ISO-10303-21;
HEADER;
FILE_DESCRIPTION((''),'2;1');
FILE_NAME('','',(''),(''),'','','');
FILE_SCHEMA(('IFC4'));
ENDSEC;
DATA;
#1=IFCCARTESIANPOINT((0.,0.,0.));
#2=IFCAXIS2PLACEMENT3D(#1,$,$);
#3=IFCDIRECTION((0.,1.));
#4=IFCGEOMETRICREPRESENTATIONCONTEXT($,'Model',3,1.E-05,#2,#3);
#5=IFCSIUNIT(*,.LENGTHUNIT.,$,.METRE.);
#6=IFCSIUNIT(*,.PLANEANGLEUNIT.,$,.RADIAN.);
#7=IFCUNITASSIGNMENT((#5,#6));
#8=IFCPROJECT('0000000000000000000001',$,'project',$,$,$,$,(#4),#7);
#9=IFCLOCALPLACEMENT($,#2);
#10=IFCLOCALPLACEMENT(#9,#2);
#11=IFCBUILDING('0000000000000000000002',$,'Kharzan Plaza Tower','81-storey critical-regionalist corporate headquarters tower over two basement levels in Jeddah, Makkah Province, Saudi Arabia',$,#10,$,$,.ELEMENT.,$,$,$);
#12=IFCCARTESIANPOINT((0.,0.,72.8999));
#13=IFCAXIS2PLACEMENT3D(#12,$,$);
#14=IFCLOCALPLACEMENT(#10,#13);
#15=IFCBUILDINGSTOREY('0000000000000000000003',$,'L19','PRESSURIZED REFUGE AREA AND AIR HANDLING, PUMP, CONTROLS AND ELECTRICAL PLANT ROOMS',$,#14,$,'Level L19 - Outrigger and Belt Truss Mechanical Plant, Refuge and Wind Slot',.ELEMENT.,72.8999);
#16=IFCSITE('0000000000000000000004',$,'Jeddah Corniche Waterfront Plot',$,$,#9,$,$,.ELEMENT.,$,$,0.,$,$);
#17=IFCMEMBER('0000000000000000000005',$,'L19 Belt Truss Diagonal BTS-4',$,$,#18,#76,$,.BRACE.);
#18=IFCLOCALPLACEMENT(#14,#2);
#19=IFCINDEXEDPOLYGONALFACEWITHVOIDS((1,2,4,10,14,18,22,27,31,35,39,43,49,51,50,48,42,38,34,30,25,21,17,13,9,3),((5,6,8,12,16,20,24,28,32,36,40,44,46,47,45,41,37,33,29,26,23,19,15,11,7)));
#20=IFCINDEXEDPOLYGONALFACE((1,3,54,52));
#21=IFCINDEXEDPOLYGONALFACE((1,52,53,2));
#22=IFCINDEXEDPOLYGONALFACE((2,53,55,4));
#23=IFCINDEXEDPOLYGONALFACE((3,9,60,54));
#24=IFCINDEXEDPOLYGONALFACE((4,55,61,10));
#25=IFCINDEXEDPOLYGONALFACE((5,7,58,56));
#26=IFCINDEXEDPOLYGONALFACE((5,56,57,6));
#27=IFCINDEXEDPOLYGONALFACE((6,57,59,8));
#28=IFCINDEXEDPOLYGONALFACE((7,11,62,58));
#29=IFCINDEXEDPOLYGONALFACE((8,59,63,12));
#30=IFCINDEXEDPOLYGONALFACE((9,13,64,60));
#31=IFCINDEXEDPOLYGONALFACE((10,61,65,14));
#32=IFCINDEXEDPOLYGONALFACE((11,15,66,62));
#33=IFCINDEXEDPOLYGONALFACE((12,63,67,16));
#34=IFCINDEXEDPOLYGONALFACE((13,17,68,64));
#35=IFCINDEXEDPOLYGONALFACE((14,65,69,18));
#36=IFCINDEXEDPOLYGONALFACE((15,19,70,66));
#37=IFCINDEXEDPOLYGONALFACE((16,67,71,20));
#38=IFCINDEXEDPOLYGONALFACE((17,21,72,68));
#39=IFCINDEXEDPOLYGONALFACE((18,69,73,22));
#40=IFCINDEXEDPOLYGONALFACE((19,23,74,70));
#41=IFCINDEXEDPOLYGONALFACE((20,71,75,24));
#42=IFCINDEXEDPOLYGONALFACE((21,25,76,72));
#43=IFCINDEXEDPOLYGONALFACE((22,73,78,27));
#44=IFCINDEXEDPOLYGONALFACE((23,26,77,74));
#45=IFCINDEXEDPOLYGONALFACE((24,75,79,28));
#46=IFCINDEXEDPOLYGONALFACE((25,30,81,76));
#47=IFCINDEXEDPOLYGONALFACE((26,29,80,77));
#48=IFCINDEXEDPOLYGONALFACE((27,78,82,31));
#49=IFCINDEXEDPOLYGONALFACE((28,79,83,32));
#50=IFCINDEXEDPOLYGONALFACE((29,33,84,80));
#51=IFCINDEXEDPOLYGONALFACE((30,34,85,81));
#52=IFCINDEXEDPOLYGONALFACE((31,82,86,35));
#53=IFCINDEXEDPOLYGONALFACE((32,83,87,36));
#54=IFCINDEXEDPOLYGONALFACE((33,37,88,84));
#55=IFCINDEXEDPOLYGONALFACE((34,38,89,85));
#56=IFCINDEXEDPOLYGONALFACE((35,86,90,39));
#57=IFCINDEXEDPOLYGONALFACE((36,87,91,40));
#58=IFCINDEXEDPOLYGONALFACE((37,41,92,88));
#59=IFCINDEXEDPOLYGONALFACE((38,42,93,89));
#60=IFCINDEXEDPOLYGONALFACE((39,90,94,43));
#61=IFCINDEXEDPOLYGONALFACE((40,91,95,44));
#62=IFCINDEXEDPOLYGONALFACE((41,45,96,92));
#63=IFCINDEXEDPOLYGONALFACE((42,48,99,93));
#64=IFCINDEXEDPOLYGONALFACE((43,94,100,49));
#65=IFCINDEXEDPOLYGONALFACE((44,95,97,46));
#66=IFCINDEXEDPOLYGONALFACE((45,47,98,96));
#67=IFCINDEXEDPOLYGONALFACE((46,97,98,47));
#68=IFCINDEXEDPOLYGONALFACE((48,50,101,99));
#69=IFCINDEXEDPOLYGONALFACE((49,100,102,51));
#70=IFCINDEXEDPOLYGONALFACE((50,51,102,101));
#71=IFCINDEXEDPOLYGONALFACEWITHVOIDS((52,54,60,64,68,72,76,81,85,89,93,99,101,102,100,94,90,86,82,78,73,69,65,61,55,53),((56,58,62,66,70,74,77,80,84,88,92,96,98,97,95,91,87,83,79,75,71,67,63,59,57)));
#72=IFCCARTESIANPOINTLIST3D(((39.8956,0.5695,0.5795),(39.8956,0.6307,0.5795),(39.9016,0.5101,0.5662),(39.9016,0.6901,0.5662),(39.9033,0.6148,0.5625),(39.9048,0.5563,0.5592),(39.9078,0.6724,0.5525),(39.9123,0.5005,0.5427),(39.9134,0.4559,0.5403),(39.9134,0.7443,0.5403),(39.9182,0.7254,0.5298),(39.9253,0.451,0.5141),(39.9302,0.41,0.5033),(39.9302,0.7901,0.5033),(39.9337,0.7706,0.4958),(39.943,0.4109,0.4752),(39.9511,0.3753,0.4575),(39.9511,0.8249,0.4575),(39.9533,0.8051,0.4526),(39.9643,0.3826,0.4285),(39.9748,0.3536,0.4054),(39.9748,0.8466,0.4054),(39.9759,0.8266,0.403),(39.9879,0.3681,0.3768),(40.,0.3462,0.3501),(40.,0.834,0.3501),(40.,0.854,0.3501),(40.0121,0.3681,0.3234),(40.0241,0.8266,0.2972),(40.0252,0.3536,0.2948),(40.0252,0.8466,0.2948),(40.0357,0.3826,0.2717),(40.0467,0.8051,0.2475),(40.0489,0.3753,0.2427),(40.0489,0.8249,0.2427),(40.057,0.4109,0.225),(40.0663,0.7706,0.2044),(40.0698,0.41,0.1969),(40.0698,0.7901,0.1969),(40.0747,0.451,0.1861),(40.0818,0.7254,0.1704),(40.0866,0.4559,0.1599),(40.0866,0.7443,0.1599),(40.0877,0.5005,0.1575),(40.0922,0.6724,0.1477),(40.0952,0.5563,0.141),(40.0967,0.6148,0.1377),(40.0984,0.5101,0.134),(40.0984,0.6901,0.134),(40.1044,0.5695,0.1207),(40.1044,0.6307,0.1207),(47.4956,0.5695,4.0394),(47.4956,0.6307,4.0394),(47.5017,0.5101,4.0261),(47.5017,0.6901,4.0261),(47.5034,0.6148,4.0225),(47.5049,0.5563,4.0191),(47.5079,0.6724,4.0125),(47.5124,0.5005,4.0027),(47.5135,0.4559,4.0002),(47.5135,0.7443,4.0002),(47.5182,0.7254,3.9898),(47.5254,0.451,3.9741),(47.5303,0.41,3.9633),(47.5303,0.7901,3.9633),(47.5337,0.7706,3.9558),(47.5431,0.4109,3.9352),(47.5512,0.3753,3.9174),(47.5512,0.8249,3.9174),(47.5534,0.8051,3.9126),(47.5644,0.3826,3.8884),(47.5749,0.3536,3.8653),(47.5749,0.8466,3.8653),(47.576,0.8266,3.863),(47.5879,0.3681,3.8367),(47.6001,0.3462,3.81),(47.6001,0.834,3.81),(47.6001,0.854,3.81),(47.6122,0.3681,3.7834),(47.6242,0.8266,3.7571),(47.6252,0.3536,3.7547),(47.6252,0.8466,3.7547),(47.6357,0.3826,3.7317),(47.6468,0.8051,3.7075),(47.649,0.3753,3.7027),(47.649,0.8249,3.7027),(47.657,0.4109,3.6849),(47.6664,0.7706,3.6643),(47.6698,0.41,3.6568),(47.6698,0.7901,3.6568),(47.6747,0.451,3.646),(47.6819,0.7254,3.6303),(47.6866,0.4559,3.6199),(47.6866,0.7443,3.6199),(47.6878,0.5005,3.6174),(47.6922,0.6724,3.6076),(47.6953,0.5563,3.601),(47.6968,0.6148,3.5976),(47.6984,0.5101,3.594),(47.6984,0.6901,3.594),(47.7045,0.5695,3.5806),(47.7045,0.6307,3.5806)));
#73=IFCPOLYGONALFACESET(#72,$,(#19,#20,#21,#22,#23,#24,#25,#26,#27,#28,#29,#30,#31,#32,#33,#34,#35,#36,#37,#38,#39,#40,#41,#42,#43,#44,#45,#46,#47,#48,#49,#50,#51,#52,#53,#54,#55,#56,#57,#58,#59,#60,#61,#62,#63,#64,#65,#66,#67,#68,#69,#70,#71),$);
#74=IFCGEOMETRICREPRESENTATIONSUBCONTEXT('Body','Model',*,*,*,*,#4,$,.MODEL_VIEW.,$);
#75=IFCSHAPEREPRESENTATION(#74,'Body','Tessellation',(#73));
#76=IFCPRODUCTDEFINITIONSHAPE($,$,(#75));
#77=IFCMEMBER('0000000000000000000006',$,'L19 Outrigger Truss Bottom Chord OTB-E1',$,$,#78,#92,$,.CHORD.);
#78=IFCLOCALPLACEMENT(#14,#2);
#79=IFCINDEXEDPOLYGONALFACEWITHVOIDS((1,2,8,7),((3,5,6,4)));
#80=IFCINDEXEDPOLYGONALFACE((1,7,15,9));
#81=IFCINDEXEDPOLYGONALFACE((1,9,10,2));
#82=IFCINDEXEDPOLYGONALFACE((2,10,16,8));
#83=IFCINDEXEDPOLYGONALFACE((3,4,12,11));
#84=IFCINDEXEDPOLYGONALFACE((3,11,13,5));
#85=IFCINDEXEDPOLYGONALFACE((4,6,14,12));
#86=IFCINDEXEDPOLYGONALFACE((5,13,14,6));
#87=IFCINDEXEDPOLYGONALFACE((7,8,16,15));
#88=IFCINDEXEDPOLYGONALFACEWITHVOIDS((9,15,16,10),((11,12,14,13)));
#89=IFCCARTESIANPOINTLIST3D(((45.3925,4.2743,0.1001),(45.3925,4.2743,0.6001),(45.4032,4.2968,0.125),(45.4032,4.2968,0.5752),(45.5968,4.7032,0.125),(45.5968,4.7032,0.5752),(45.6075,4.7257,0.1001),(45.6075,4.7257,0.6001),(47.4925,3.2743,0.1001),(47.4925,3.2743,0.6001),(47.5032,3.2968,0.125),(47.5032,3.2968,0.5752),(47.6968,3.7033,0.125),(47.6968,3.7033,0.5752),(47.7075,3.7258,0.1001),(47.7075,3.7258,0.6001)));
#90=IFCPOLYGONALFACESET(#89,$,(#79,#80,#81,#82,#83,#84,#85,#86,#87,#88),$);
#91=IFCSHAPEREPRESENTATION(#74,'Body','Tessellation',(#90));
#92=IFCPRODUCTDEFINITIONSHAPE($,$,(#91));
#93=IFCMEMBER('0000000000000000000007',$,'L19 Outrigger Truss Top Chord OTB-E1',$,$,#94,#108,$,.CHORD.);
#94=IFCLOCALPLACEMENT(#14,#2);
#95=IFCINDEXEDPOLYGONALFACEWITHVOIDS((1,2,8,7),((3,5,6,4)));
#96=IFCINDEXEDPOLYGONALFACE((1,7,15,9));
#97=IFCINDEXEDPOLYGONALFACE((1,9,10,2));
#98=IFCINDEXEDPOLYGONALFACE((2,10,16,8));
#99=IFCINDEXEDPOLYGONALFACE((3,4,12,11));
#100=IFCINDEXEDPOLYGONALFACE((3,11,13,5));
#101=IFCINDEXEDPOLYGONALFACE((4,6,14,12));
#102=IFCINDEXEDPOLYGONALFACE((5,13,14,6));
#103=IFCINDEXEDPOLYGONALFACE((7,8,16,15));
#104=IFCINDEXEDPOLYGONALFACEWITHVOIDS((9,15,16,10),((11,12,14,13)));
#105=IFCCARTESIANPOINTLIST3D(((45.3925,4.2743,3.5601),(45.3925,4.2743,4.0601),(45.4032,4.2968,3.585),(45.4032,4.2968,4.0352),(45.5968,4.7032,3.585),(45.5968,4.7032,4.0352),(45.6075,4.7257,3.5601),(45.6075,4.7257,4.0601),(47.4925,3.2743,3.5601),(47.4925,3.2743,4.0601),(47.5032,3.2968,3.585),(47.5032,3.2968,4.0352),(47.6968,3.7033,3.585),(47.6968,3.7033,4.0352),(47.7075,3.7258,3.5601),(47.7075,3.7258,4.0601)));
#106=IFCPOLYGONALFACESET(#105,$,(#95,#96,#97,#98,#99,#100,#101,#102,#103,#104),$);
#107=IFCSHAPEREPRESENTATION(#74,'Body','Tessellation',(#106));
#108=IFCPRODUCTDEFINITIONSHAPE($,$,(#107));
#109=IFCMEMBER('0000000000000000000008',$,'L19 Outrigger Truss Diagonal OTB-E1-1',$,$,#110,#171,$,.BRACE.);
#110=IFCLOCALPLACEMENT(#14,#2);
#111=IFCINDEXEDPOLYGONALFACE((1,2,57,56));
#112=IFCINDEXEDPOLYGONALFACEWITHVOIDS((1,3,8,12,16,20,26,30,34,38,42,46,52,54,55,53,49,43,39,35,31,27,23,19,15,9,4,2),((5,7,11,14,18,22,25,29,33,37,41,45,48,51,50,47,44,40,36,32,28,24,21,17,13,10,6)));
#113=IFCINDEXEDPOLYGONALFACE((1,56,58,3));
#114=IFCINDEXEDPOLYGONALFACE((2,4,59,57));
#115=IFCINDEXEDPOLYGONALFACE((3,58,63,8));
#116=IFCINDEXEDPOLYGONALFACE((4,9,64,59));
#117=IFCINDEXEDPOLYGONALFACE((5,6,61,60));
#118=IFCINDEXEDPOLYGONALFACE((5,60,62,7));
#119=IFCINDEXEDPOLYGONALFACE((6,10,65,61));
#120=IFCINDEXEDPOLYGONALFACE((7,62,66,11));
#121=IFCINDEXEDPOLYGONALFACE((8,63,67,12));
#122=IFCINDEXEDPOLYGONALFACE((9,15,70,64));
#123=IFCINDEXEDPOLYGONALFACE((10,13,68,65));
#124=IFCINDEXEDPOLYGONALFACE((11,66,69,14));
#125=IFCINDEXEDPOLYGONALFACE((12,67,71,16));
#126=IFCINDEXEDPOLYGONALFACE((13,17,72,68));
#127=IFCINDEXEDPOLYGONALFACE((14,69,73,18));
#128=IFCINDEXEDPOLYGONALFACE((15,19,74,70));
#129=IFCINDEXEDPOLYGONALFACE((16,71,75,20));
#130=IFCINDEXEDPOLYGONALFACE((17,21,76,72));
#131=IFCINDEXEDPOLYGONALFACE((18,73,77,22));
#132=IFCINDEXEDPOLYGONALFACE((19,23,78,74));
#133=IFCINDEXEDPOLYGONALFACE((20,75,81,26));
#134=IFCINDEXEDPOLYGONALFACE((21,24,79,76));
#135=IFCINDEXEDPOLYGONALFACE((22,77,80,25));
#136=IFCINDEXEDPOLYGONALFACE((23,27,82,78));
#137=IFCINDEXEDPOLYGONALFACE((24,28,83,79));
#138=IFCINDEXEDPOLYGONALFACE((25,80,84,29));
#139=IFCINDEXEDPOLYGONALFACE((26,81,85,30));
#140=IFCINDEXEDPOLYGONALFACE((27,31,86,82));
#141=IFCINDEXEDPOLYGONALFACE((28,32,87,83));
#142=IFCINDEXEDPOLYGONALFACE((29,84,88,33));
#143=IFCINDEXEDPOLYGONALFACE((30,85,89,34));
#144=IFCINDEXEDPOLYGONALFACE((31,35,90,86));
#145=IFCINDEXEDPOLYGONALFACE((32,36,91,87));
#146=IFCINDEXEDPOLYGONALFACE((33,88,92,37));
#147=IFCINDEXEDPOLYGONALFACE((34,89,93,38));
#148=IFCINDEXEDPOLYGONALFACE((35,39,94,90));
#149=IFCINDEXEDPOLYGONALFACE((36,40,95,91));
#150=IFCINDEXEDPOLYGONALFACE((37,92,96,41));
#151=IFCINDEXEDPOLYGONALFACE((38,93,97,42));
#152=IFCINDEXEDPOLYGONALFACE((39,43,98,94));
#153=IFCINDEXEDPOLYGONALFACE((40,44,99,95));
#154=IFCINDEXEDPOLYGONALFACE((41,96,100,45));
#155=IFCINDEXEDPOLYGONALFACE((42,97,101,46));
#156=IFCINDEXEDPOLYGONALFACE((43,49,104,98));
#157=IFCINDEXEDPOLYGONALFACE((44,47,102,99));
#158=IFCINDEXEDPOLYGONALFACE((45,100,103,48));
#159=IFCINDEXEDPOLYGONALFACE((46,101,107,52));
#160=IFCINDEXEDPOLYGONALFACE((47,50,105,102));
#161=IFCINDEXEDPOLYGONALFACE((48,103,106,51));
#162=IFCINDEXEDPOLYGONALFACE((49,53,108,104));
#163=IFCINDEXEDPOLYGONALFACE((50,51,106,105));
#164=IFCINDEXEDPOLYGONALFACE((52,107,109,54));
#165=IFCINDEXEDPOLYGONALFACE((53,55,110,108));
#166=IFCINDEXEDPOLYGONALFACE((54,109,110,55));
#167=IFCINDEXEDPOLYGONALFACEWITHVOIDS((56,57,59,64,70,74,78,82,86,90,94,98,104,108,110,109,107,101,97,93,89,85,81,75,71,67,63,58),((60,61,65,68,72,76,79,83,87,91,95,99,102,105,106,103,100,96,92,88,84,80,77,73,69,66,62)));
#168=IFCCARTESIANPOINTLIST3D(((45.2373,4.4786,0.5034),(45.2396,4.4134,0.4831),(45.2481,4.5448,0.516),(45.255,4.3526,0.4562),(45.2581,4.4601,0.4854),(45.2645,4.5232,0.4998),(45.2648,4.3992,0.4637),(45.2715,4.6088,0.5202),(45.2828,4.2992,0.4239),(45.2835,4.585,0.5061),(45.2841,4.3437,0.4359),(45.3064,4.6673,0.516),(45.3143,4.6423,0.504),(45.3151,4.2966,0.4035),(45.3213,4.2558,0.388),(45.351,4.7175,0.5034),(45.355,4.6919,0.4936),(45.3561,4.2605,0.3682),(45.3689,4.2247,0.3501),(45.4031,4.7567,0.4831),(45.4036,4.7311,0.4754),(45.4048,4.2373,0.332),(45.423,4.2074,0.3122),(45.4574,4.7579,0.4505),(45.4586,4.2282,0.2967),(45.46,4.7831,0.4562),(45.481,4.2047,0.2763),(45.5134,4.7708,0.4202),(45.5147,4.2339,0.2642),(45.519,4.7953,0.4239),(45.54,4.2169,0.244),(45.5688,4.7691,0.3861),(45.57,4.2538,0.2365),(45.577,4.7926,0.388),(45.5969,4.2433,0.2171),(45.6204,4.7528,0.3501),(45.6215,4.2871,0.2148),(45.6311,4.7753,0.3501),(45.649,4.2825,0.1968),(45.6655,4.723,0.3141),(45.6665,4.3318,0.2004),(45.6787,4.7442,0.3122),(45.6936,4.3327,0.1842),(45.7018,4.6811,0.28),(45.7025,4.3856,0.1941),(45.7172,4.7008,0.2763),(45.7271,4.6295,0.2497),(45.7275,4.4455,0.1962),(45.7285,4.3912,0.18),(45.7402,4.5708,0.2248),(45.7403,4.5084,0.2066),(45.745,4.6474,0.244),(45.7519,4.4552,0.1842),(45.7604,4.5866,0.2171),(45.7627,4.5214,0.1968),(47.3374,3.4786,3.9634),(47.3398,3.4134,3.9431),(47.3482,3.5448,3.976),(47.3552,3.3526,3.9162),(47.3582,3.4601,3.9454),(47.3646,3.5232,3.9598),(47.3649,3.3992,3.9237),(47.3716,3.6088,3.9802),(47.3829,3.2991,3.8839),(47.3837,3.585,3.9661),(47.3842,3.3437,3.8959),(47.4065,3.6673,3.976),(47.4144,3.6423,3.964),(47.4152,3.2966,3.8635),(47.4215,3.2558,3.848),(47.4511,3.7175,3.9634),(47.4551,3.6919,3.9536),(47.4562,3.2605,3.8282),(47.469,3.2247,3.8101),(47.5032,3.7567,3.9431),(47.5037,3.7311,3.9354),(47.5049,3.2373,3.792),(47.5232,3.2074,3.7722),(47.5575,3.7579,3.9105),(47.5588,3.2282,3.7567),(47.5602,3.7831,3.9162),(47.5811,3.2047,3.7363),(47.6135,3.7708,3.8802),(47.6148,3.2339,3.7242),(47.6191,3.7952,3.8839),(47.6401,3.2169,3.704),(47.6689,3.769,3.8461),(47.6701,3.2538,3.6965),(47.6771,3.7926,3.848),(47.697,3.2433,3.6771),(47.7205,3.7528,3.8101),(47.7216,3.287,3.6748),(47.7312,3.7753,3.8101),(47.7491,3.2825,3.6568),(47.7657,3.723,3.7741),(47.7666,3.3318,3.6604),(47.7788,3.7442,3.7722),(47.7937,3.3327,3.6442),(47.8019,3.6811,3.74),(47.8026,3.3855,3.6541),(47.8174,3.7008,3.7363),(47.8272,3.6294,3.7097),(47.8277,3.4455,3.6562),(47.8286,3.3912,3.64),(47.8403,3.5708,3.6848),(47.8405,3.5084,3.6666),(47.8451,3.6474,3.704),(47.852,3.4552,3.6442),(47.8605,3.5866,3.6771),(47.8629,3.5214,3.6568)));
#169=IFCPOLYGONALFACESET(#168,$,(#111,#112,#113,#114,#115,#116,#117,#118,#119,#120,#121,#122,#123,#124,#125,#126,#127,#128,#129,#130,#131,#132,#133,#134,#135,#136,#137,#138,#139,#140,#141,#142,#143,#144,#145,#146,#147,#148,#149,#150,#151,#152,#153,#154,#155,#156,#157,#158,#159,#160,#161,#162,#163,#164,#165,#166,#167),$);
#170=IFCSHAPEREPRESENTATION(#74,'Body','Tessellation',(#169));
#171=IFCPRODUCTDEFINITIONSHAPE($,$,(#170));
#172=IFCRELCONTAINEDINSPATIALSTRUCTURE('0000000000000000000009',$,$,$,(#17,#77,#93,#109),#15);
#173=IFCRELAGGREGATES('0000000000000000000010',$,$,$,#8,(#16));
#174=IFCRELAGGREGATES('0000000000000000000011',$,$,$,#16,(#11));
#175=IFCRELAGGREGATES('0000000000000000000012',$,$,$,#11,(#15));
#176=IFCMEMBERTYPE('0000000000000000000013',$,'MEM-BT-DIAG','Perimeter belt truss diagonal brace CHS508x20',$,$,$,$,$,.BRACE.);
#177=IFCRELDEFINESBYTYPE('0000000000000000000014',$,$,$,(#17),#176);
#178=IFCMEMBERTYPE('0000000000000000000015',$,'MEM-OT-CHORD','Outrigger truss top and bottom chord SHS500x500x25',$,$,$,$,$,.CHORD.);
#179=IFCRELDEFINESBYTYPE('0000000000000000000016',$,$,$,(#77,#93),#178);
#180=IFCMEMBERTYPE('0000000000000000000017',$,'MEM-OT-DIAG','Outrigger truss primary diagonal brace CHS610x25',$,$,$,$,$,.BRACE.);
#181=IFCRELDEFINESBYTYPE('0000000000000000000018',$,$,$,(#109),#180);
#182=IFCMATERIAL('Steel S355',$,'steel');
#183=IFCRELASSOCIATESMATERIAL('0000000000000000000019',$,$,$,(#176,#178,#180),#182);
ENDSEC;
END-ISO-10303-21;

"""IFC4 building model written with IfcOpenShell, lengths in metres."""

from ifc_helpers import new_model, si_unit, direction, frame, origin, origin_2d, place, context, subcontext, project, spatial, hollow_rectangle, hollow_circle, extrude, source, transform, mapped, material, material_profile, profile_set, type_object, element, save


model = new_model("IFC4")

# Units and contexts
model_context = context("Model", 3, precision=1e-05, world=origin(), true_north=direction((0.0, 1.0)))
body_context = subcontext(model_context, "Body", "Model", "MODEL_VIEW")
ifc_project = project(units=[si_unit("LENGTHUNIT", "METRE"), si_unit("PLANEANGLEUNIT", "RADIAN")], contexts=[model_context])

# Site, building, storey
site_placement = place(None, origin())
site = spatial("IfcSite", under=ifc_project, at=site_placement, Name="Jeddah Corniche Waterfront Plot", CompositionType="ELEMENT", RefElevation=0.0)
building_placement = place(site_placement, origin())
building = spatial("IfcBuilding", under=site, at=building_placement, Name="Kharzan Plaza Tower", Description="81-storey critical-regionalist corporate headquarters tower over two basement levels in Jeddah, Makkah Province, Saudi Arabia", CompositionType="ELEMENT")
storey_placement = place(building_placement, frame((0.0, 0.0, 72.8999)))
storey = spatial("IfcBuildingStorey", under=building, at=storey_placement, Name="L19", Description="PRESSURIZED REFUGE AREA AND AIR HANDLING, PUMP, CONTROLS AND ELECTRICAL PLANT ROOMS", LongName="Level L19 - Outrigger and Belt Truss Mechanical Plant, Refuge and Wind Slot", CompositionType="ELEMENT", Elevation=72.8999)

# Shared definitions
ifc_material_1 = material(Name="Steel S355", Category="steel")

# Members
ifc_material_profile_1 = material_profile(ifc_material_1, hollow_circle(Radius=0.2539, WallThickness=0.02, at=origin_2d()), Name="CHS508x20")
ifc_profile_set_1 = profile_set([ifc_material_profile_1], Name="Steel S355")
member_type_1 = type_object("IfcMemberType", Name="MEM-BT-DIAG", Description="Perimeter belt truss diagonal brace CHS508x20", PredefinedType="BRACE", material=ifc_profile_set_1)
shared_shape_1 = source(origin(), body_context, "Body", "SweptSolid", [
    extrude(hollow_circle(Radius=0.2539, WallThickness=0.02, at=origin_2d()), origin(), (0.0, 0.0, 1.0), 8.3506),
])
member_1_placement = place(storey_placement, frame((40.0, 0.6001, 0.3501), z_axis=(0.910124, 0.0, 0.414336), x_axis=(0.0, 1.0, 0.0)))
element("IfcMember", 1, at=member_1_placement, inside=storey, type_object=member_type_1, Name="L19 Belt Truss Diagonal BTS-4", PredefinedType="BRACE", context=body_context, shape_type="MappedRepresentation", body=[
    mapped(shared_shape_1, transform((0.0, 0.0, 0.0), x_axis=(1.0, 0.0, 0.0), y_axis=(0.0, 1.0, 0.0), z_axis=(0.0, 0.0, 1.0))),
])
ifc_material_profile_2 = material_profile(ifc_material_1, hollow_rectangle(XDim=0.5, YDim=0.5, WallThickness=0.0249, at=origin_2d()), Name="SHS500x500x25")
ifc_profile_set_2 = profile_set([ifc_material_profile_2], Name="Steel S355")
member_type_2 = type_object("IfcMemberType", Name="MEM-OT-CHORD", Description="Outrigger truss top and bottom chord SHS500x500x25", PredefinedType="CHORD", material=ifc_profile_set_2)
shared_shape_2 = source(origin(), body_context, "Body", "SweptSolid", [
    extrude(hollow_rectangle(XDim=0.5, YDim=0.5, WallThickness=0.0249, at=origin_2d()), origin(), (0.0, 0.0, 1.0), 2.3259),
])
for number, where, z_axis, x_axis, name in (
    (2, (45.5, 4.5, 0.3501), (0.902868, -0.429917, 0.0), (0.429917, 0.902868, 0.0), "L19 Outrigger Truss Bottom Chord OTB-E1"),
    (3, (45.5, 4.5, 3.8101), (0.902868, -0.429917, 0.0), (0.429917, 0.902868, 0.0), "L19 Outrigger Truss Top Chord OTB-E1"),
):
    element("IfcMember", number, at=place(storey_placement, frame(where, z_axis=z_axis, x_axis=x_axis)), inside=storey, type_object=member_type_2, Name=name, PredefinedType="CHORD", context=body_context, shape_type="MappedRepresentation", body=[
        mapped(shared_shape_2, transform((0.0, 0.0, 0.0), x_axis=(1.0, 0.0, 0.0), y_axis=(0.0, 1.0, 0.0), z_axis=(0.0, 0.0, 1.0))),
    ])
ifc_material_profile_3 = material_profile(ifc_material_1, hollow_circle(Radius=0.3049, WallThickness=0.0249, at=origin_2d()), Name="CHS610x25")
ifc_profile_set_3 = profile_set([ifc_material_profile_3], Name="Steel S355")
member_type_3 = type_object("IfcMemberType", Name="MEM-OT-DIAG", Description="Outrigger truss primary diagonal brace CHS610x25", PredefinedType="BRACE", material=ifc_profile_set_3)
shared_shape_3 = source(origin(), body_context, "Body", "SweptSolid", [
    extrude(hollow_circle(Radius=0.3049, WallThickness=0.0249, at=origin_2d()), origin(), (0.0, 0.0, 1.0), 4.1692),
])
member_2_placement = place(storey_placement, frame((45.5, 4.5, 0.3501), z_axis=(0.503724, -0.239858, 0.829898), x_axis=(0.429917, 0.902868, 0.0)))
element("IfcMember", 4, at=member_2_placement, inside=storey, type_object=member_type_3, Name="L19 Outrigger Truss Diagonal OTB-E1-1", PredefinedType="BRACE", context=body_context, shape_type="MappedRepresentation", body=[
    mapped(shared_shape_3, transform((0.0, 0.0, 0.0), x_axis=(1.0, 0.0, 0.0), y_axis=(0.0, 1.0, 0.0), z_axis=(0.0, 0.0, 1.0))),
])

save(model, "model.ifc")
